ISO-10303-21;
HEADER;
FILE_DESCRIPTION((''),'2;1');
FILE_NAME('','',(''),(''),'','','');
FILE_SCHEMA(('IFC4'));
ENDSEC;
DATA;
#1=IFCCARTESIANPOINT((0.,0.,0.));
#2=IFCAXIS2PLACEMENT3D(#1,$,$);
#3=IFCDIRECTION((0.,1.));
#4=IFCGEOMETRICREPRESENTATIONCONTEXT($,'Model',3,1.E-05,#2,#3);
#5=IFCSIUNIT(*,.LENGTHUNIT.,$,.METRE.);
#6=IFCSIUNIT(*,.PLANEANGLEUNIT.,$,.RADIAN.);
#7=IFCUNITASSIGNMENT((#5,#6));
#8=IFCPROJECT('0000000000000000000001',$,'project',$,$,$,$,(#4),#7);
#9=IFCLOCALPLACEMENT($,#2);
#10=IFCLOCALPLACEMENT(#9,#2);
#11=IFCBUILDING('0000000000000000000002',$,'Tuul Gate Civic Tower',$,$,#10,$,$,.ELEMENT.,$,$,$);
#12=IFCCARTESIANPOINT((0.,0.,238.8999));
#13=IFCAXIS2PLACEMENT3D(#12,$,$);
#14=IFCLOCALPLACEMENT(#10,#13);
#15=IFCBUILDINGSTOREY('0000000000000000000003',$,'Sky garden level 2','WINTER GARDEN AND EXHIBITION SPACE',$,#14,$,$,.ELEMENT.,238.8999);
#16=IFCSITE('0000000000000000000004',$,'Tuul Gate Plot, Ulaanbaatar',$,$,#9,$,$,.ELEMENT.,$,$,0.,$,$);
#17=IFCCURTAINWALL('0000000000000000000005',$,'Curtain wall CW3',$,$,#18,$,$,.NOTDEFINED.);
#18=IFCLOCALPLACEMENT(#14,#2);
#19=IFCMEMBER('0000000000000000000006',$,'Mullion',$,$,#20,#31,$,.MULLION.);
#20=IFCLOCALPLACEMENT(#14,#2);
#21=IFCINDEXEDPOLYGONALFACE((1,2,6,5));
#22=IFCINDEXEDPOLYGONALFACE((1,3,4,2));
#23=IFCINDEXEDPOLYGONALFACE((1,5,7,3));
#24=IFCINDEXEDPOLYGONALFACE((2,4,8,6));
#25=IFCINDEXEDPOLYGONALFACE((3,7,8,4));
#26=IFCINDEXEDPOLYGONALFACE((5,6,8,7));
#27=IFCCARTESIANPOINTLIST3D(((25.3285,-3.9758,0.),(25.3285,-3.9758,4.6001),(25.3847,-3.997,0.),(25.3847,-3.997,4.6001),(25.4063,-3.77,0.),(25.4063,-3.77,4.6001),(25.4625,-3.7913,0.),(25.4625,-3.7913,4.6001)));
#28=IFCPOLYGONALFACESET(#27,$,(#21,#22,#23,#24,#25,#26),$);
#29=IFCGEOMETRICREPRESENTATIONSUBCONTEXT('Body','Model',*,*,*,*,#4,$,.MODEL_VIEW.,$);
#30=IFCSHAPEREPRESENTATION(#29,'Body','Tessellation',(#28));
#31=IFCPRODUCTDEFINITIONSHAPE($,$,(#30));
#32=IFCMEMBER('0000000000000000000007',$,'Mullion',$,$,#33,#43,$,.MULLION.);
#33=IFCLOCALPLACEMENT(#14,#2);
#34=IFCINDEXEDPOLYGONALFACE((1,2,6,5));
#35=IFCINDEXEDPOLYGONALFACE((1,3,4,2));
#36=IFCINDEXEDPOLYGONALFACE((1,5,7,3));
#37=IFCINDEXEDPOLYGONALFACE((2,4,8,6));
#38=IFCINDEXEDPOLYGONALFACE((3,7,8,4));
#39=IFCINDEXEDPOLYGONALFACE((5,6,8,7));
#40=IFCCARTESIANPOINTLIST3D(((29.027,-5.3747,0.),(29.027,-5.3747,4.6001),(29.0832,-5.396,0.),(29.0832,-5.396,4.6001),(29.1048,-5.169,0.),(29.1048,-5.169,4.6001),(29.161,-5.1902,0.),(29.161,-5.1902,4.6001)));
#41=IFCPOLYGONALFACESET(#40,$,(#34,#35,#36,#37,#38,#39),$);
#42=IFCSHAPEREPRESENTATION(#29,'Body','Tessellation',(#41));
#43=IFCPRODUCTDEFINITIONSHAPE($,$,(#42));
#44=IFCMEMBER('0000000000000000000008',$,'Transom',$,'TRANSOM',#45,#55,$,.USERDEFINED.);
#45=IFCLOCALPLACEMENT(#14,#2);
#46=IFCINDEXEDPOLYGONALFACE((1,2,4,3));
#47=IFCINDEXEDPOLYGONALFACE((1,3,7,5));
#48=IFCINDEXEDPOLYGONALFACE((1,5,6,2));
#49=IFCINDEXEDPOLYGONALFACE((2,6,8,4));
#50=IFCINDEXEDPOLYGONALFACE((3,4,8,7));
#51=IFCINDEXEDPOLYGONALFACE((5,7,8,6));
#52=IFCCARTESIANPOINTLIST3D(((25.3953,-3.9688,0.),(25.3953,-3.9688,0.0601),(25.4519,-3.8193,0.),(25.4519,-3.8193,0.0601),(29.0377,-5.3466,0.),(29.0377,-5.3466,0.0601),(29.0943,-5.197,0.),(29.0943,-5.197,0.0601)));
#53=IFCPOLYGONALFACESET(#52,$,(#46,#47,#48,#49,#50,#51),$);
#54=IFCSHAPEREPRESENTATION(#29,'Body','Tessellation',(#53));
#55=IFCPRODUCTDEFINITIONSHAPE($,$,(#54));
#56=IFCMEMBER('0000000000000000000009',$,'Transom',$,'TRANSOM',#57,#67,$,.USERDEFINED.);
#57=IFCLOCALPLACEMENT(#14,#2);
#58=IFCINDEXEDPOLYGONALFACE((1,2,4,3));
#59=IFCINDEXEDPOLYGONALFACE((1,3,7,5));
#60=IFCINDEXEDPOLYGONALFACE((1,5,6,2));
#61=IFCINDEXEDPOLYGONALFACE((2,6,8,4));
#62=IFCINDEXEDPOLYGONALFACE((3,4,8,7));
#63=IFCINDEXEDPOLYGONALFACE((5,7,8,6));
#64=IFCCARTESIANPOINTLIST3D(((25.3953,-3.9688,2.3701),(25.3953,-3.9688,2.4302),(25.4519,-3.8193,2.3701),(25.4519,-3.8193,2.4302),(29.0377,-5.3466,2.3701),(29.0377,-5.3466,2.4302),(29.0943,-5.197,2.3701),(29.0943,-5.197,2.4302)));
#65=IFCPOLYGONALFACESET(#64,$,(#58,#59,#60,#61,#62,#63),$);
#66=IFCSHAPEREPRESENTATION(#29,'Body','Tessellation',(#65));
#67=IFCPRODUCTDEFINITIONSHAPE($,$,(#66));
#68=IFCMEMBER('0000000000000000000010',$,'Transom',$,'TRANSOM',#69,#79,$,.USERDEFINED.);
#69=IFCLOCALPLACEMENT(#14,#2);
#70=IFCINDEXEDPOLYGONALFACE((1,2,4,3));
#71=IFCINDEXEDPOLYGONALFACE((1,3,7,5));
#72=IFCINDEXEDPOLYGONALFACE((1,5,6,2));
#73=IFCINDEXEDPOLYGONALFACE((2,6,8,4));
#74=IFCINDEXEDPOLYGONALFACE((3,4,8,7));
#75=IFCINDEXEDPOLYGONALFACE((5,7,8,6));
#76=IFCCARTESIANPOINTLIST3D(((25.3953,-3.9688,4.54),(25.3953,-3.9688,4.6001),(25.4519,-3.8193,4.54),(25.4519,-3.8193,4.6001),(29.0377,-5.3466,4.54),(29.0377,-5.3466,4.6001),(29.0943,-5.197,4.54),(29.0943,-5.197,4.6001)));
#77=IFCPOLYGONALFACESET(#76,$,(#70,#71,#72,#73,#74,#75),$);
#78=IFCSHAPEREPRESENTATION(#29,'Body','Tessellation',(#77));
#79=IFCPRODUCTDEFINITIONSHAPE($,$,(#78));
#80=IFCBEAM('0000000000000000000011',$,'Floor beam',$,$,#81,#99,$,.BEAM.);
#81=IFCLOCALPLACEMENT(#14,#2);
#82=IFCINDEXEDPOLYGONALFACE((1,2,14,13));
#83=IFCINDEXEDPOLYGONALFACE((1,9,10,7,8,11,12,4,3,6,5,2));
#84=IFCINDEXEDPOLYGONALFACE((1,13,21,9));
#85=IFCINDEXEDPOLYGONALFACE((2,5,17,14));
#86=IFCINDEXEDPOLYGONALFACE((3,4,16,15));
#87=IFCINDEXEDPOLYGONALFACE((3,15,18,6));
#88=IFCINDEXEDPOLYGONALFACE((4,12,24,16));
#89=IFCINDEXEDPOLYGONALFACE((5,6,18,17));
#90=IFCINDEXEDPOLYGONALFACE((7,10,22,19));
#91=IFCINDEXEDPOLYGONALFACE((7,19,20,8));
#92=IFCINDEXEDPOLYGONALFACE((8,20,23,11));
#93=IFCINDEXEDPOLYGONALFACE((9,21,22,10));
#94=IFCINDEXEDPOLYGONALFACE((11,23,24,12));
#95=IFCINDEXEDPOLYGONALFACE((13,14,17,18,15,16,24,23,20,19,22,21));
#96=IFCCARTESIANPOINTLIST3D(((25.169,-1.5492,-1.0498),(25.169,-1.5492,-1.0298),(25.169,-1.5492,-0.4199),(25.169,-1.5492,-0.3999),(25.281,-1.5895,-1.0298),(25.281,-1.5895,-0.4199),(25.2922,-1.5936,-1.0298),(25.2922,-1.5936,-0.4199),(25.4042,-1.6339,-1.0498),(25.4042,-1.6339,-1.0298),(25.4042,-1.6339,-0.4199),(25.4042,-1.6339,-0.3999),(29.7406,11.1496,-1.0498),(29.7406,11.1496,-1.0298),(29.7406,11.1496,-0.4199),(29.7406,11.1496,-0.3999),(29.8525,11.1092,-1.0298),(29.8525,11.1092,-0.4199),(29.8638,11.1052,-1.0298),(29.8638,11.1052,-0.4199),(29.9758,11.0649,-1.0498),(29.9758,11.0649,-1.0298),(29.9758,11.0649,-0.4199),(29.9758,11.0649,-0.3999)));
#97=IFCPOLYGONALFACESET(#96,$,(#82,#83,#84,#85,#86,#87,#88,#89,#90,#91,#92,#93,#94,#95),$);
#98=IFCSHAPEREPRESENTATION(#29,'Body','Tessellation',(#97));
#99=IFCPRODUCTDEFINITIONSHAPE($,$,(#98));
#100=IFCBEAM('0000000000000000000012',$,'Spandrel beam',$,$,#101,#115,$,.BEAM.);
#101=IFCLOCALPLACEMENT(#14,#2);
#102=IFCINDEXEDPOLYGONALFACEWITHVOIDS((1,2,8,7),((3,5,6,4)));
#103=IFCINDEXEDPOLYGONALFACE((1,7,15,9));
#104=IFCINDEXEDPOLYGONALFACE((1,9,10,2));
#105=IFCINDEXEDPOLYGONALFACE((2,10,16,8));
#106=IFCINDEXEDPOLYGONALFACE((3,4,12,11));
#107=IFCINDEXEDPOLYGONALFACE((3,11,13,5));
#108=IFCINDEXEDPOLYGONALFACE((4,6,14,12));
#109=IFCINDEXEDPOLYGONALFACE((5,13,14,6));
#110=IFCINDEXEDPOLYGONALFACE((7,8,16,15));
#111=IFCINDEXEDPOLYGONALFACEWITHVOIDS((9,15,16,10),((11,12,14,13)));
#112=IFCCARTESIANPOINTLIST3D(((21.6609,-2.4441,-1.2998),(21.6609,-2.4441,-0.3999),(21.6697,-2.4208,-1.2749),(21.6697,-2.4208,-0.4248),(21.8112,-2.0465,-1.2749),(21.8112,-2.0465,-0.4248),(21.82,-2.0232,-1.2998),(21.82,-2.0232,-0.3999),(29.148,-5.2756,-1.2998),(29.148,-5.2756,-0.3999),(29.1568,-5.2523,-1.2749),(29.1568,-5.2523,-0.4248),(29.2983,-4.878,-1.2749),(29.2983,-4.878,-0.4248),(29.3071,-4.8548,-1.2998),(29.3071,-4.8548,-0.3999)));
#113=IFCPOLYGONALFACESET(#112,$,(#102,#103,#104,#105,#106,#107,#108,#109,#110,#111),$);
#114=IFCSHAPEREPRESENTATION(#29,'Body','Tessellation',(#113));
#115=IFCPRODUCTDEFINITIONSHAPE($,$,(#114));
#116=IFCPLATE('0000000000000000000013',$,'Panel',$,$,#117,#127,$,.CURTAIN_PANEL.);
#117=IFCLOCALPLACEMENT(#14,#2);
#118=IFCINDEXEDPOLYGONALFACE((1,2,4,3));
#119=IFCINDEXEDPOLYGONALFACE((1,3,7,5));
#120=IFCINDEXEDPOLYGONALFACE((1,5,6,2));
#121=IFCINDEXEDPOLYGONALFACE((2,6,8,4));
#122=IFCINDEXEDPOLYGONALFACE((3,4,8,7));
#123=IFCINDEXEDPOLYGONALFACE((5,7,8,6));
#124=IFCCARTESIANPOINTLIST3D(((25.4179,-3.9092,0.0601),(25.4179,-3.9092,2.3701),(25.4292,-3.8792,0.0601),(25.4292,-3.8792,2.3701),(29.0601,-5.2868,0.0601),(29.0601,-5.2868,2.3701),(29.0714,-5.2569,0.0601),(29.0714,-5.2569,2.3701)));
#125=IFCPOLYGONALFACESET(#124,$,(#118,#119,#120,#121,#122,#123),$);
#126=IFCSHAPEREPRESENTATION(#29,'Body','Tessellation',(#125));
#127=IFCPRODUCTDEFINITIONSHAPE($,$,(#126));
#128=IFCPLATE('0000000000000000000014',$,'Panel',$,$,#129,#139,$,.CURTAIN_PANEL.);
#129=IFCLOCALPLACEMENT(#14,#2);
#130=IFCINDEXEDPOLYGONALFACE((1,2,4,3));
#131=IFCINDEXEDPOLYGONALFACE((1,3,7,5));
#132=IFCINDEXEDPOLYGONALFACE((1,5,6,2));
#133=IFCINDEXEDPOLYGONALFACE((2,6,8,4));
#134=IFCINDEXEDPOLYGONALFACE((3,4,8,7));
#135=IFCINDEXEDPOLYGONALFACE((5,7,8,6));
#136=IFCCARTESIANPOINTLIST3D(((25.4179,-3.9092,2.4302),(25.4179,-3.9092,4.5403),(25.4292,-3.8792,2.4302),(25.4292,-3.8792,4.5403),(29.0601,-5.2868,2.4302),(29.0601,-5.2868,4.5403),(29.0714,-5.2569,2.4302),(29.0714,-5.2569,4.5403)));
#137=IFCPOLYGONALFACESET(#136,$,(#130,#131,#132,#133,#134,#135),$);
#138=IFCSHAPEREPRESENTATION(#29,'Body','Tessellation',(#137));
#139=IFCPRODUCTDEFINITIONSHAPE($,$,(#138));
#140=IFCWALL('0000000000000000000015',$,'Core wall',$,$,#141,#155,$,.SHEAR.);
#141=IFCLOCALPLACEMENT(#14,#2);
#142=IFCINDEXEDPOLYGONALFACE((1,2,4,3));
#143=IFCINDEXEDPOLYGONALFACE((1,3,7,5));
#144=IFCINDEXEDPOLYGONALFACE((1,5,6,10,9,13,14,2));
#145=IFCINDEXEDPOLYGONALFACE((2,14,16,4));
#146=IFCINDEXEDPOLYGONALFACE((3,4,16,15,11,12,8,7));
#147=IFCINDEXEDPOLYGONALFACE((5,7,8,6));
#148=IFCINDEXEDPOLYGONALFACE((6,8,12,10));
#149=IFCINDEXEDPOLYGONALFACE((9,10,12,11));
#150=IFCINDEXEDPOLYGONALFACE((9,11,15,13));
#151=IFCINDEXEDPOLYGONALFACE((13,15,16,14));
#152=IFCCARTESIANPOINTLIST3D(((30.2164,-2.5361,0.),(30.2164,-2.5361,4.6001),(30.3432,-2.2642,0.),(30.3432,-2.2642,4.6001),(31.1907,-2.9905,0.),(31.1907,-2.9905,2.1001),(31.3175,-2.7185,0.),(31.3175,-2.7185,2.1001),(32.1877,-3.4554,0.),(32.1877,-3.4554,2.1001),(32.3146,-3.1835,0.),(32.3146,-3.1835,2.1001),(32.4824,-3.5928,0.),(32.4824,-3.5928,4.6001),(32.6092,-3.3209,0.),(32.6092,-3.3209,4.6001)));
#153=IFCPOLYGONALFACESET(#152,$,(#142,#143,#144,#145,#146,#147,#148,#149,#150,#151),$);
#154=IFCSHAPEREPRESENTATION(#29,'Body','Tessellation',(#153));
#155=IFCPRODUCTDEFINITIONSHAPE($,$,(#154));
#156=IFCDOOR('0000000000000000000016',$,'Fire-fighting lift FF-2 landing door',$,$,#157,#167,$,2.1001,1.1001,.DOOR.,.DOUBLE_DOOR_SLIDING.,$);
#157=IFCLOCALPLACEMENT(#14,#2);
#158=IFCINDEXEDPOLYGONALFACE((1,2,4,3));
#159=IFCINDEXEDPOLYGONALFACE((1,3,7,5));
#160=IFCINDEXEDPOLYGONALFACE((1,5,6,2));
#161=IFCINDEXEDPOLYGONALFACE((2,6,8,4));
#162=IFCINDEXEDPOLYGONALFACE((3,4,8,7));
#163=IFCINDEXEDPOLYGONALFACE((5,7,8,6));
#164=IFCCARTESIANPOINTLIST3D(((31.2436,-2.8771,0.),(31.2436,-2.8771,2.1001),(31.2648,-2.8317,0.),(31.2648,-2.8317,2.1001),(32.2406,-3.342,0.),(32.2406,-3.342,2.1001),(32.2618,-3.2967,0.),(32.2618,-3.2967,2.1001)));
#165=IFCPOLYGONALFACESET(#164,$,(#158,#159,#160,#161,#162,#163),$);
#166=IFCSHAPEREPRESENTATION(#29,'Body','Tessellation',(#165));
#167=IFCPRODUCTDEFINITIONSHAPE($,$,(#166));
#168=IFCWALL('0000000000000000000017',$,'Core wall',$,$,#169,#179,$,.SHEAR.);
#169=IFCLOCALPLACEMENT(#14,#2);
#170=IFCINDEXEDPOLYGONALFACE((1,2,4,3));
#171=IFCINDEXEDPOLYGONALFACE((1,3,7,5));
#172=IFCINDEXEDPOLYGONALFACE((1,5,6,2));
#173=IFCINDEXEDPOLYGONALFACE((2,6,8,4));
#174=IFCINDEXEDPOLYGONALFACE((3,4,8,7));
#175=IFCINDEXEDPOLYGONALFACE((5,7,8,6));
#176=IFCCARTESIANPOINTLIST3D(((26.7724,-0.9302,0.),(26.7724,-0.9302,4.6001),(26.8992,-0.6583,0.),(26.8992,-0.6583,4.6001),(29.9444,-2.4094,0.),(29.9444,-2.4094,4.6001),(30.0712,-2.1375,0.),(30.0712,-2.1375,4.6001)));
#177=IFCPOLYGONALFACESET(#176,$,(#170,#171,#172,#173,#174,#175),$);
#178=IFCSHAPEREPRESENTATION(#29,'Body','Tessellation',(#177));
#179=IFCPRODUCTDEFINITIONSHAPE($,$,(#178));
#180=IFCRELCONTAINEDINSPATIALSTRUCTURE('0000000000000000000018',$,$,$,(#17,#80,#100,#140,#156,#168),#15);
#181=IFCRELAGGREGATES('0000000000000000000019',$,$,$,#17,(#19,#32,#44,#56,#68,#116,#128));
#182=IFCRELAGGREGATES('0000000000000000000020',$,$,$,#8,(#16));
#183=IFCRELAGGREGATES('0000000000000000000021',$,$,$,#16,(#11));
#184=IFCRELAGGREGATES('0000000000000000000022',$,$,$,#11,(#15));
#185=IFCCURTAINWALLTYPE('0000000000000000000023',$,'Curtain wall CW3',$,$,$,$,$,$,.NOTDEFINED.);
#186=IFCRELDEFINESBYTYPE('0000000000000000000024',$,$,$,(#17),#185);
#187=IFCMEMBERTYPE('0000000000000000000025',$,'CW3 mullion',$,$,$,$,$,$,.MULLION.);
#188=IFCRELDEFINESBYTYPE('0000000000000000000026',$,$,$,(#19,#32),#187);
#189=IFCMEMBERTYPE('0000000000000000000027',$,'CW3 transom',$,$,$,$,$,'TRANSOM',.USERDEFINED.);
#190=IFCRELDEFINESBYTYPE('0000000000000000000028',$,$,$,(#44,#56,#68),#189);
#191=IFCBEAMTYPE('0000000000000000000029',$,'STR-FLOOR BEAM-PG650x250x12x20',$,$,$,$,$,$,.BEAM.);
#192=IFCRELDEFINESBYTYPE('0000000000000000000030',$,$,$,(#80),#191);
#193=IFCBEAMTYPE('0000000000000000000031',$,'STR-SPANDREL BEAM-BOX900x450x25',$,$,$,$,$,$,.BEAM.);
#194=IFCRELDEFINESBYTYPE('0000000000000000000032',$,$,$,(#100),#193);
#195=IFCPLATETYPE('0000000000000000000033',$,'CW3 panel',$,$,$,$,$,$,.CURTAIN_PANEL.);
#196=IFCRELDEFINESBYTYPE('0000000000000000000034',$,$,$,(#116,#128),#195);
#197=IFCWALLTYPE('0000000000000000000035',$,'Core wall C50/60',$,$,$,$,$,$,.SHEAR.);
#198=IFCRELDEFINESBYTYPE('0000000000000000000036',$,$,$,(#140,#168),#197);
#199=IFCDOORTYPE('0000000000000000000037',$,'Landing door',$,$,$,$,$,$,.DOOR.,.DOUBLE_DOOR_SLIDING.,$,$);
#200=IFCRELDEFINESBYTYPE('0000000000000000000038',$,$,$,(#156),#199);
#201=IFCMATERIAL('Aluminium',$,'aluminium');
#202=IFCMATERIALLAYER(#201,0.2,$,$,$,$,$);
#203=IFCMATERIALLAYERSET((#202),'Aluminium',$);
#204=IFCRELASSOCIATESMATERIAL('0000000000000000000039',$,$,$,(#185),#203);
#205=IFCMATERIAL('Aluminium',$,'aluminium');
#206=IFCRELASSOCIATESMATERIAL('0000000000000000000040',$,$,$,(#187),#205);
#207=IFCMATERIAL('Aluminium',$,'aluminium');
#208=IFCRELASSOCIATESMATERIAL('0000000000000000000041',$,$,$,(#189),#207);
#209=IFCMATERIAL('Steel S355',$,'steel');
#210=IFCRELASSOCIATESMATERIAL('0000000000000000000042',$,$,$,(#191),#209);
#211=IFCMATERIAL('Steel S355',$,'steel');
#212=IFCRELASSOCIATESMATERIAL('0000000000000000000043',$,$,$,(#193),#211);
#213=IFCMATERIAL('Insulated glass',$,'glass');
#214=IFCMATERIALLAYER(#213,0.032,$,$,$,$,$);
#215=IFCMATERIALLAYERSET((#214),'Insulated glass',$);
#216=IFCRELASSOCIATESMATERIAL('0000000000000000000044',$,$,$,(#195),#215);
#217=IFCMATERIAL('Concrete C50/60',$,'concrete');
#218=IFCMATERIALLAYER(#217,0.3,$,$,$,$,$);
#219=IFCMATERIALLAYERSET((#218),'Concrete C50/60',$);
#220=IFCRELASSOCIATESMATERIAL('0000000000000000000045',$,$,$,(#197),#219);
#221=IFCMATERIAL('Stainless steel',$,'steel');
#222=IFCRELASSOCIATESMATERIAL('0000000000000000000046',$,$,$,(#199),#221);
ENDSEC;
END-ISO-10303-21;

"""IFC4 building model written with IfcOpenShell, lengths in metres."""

from ifc_helpers import new_model, si_unit, direction, frame, frame_2d, origin, origin_2d, place, context, subcontext, project, spatial, rectangle, hollow_rectangle, i_section, extrude, material, layer, layer_set, material_profile, profile_set, type_object, element, fill, aggregate, save


model = new_model("IFC4")

# Units and contexts
model_context = context("Model", 3, precision=1e-05, world=origin(), true_north=direction((0.0, 1.0)))
body_context = subcontext(model_context, "Body", "Model", "MODEL_VIEW")
ifc_project = project(units=[si_unit("LENGTHUNIT", "METRE"), si_unit("PLANEANGLEUNIT", "RADIAN")], contexts=[model_context])

# Site, building, storey
site_placement = place(None, origin())
site = spatial("IfcSite", under=ifc_project, at=site_placement, Name="Tuul Gate Plot, Ulaanbaatar", CompositionType="ELEMENT", RefElevation=0.0)
building_placement = place(site_placement, origin())
building = spatial("IfcBuilding", under=site, at=building_placement, Name="Tuul Gate Civic Tower", CompositionType="ELEMENT")
storey_placement = place(building_placement, frame((0.0, 0.0, 238.8999)))
storey = spatial("IfcBuildingStorey", under=building, at=storey_placement, Name="Sky garden level 2", Description="WINTER GARDEN AND EXHIBITION SPACE", CompositionType="ELEMENT", Elevation=238.8999)

# Curtain wall, members
ifc_material_1 = material(Name="Aluminium", Category="aluminium")
ifc_layer_1 = layer(ifc_material_1, 0.2)
ifc_layer_set_1 = layer_set([ifc_layer_1], Name="Aluminium")
curtain_wall_type = type_object("IfcCurtainWallType", Name="Curtain wall CW3", PredefinedType="NOTDEFINED", material=ifc_layer_set_1)
curtain_wall_placement = place(storey_placement, origin())
curtain_wall = element("IfcCurtainWall", 1, at=curtain_wall_placement, inside=storey, type_object=curtain_wall_type, Name="Curtain wall CW3", PredefinedType="NOTDEFINED")
ifc_material_2 = material(Name="Aluminium", Category="aluminium")
ifc_material_profile_1 = material_profile(ifc_material_2, rectangle(XDim=0.22, YDim=0.0601, at=origin_2d()), Name="CW3 mullion")
ifc_profile_set_1 = profile_set([ifc_material_profile_1], Name="Aluminium")
member_type_1 = type_object("IfcMemberType", Name="CW3 mullion", PredefinedType="MULLION", material=ifc_profile_set_1)
member_1_placement = place(storey_placement, frame((25.3955, -3.8835, 0.0), z_axis=(0.0, 0.0, 1.0), x_axis=(0.353776, 0.93533, 0.0)))
member_1 = element("IfcMember", 2, at=member_1_placement, type_object=member_type_1, Name="Mullion", PredefinedType="MULLION", context=body_context, shape_type="SweptSolid", body=[
    extrude(rectangle(XDim=0.22, YDim=0.0601, at=origin_2d()), origin(), (0.0, 0.0, 1.0), 4.6001),
])
member_2_placement = place(storey_placement, frame((29.094, -5.2825, 0.0), z_axis=(0.0, 0.0, 1.0), x_axis=(0.353776, 0.93533, 0.0)))
member_2 = element("IfcMember", 3, at=member_2_placement, type_object=member_type_1, Name="Mullion", PredefinedType="MULLION", context=body_context, shape_type="SweptSolid", body=[
    extrude(rectangle(XDim=0.22, YDim=0.0601, at=origin_2d()), origin(), (0.0, 0.0, 1.0), 4.6001),
])
ifc_material_3 = material(Name="Aluminium", Category="aluminium")
ifc_material_profile_2 = material_profile(ifc_material_3, rectangle(XDim=0.1599, YDim=0.0601, at=origin_2d()), Name="CW3 transom")
ifc_profile_set_2 = profile_set([ifc_material_profile_2], Name="Aluminium")
member_type_2 = type_object("IfcMemberType", Name="CW3 transom", ElementType="TRANSOM", PredefinedType="USERDEFINED", material=ifc_profile_set_2)
member_3_placement = place(storey_placement, frame((25.4236, -3.894, 0.03), z_axis=(0.935328, -0.353781, 0.0), x_axis=(0.353781, 0.935328, 0.0)))
member_3 = element("IfcMember", 4, at=member_3_placement, type_object=member_type_2, Name="Transom", ObjectType="TRANSOM", PredefinedType="USERDEFINED", context=body_context, shape_type="SweptSolid", body=[
    extrude(rectangle(XDim=0.1599, YDim=0.0601, at=origin_2d()), origin(), (0.0, 0.0, 1.0), 3.8943),
])
member_4_placement = place(storey_placement, frame((25.4236, -3.894, 2.4001), z_axis=(0.935328, -0.353781, 0.0), x_axis=(0.353781, 0.935328, 0.0)))
member_4 = element("IfcMember", 5, at=member_4_placement, type_object=member_type_2, Name="Transom", ObjectType="TRANSOM", PredefinedType="USERDEFINED", context=body_context, shape_type="SweptSolid", body=[
    extrude(rectangle(XDim=0.1599, YDim=0.0601, at=origin_2d()), origin(), (0.0, 0.0, 1.0), 3.8943),
])
member_5_placement = place(storey_placement, frame((25.4236, -3.894, 4.5701), z_axis=(0.935328, -0.353781, 0.0), x_axis=(0.353781, 0.935328, 0.0)))
member_5 = element("IfcMember", 6, at=member_5_placement, type_object=member_type_2, Name="Transom", ObjectType="TRANSOM", PredefinedType="USERDEFINED", context=body_context, shape_type="SweptSolid", body=[
    extrude(rectangle(XDim=0.1599, YDim=0.0601, at=origin_2d()), origin(), (0.0, 0.0, 1.0), 3.8943),
])

# Beams
ifc_material_4 = material(Name="Steel S355", Category="steel")
ifc_material_profile_3 = material_profile(ifc_material_4, i_section(OverallWidth=0.25, OverallDepth=0.6499, WebThickness=0.012, FlangeThickness=0.02, at=origin_2d()), Name="PG650x250x12x20")
ifc_profile_set_3 = profile_set([ifc_material_profile_3], Name="Steel S355")
beam_type_1 = type_object("IfcBeamType", Name="STR-FLOOR BEAM-PG650x250x12x20", PredefinedType="BEAM", material=ifc_profile_set_3)
beam_1_placement = place(storey_placement, frame((25.2866, -1.5916, -0.7249), z_axis=(0.338719, 0.940888, 0.0), x_axis=(-0.940888, 0.338719, 0.0)))
element("IfcBeam", 7, at=beam_1_placement, inside=storey, type_object=beam_type_1, Name="Floor beam", PredefinedType="BEAM", context=body_context, shape_type="SweptSolid", body=[
    extrude(i_section(OverallWidth=0.25, OverallDepth=0.6499, WebThickness=0.012, FlangeThickness=0.02, at=origin_2d()), origin(), (0.0, 0.0, 1.0), 13.4966),
])
ifc_material_5 = material(Name="Steel S355", Category="steel")
ifc_material_profile_4 = material_profile(ifc_material_5, hollow_rectangle(XDim=0.45, YDim=0.8999, WallThickness=0.0249, at=origin_2d()), Name="BOX900x450x25")
ifc_profile_set_4 = profile_set([ifc_material_profile_4], Name="Steel S355")
beam_type_2 = type_object("IfcBeamType", Name="STR-SPANDREL BEAM-BOX900x450x25", PredefinedType="BEAM", material=ifc_profile_set_4)
beam_2_placement = place(storey_placement, frame((29.2275, -5.0652, -0.8499), z_axis=(-0.935344, 0.353739, 0.0), x_axis=(-0.353739, -0.935344, 0.0)))
element("IfcBeam", 8, at=beam_2_placement, inside=storey, type_object=beam_type_2, Name="Spandrel beam", PredefinedType="BEAM", context=body_context, shape_type="SweptSolid", body=[
    extrude(hollow_rectangle(XDim=0.45, YDim=0.8999, WallThickness=0.0249, at=origin_2d()), origin(), (0.0, 0.0, 1.0), 8.0046),
])

# Plates
ifc_material_6 = material(Name="Insulated glass", Category="glass")
ifc_layer_2 = layer(ifc_material_6, 0.032)
ifc_layer_set_2 = layer_set([ifc_layer_2], Name="Insulated glass")
plate_type = type_object("IfcPlateType", Name="CW3 panel", PredefinedType="CURTAIN_PANEL", material=ifc_layer_set_2)
plate_1_placement = place(storey_placement, frame((27.2446, -4.583, 0.0601), z_axis=(0.0, 0.0, 1.0), x_axis=(0.93533, -0.353776, 0.0)))
plate_1 = element("IfcPlate", 9, at=plate_1_placement, type_object=plate_type, Name="Panel", PredefinedType="CURTAIN_PANEL", context=body_context, shape_type="SweptSolid", body=[
    extrude(rectangle(XDim=3.894, YDim=0.032, at=origin_2d()), origin(), (0.0, 0.0, 1.0), 2.3101),
])
plate_2_placement = place(storey_placement, frame((27.2446, -4.583, 2.4302), z_axis=(0.0, 0.0, 1.0), x_axis=(0.93533, -0.353776, 0.0)))
plate_2 = element("IfcPlate", 10, at=plate_2_placement, type_object=plate_type, Name="Panel", PredefinedType="CURTAIN_PANEL", context=body_context, shape_type="SweptSolid", body=[
    extrude(rectangle(XDim=3.894, YDim=0.032, at=origin_2d()), origin(), (0.0, 0.0, 1.0), 2.1101),
])
aggregate(curtain_wall, [member_1, member_2, member_3, member_4, member_5, plate_1, plate_2])

# Wall, opening, door
ifc_material_7 = material(Name="Concrete C50/60", Category="concrete")
ifc_layer_3 = layer(ifc_material_7, 0.3)
ifc_layer_set_3 = layer_set([ifc_layer_3], Name="Concrete C50/60")
wall_type_1 = type_object("IfcWallType", Name="Core wall C50/60", PredefinedType="SHEAR", material=ifc_layer_set_3)
wall_1_placement = place(storey_placement, frame((32.5457, -3.4568, 0.0), z_axis=(0.0, 0.0, 1.0), x_axis=(-0.9063, 0.422634, 0.0)))
wall_1 = element("IfcWall", 11, at=wall_1_placement, inside=storey, type_object=wall_type_1, Name="Core wall", PredefinedType="SHEAR", context=body_context, shape_type="SweptSolid", body=[
    extrude(rectangle(XDim=2.5002, YDim=0.3, at=frame_2d((1.25, 0.0))), origin(), (0.0, 0.0, 1.0), 4.6001),
])
opening_1_placement = place(wall_1_placement, frame((0.325, 0.0, 0.0)))
opening_1 = element("IfcOpeningElement", 12, at=opening_1_placement, cuts=wall_1, PredefinedType="OPENING", context=body_context, shape_type="SweptSolid", body=[
    extrude(rectangle(XDim=1.1001, YDim=2.1001, at=frame_2d((0.55, 1.05))), frame((0.0, 0.1602, 0.0), z_axis=(0.0, -1.0, 0.0), x_axis=(1.0, 0.0, 0.0)), (0.0, 0.0, 1.0), 0.3201),
])
ifc_material_8 = material(Name="Stainless steel", Category="steel")
door_type_1 = type_object("IfcDoorType", Name="Landing door", OperationType="DOUBLE_DOOR_SLIDING", PredefinedType="DOOR", material=ifc_material_8)
door_1_placement = place(opening_1_placement, origin())
door_1 = element("IfcDoor", 13, at=door_1_placement, inside=storey, type_object=door_type_1, Name="Fire-fighting lift FF-2 landing door", OperationType="DOUBLE_DOOR_SLIDING", OverallHeight=2.1001, OverallWidth=1.1001, PredefinedType="DOOR", context=body_context, shape_type="SweptSolid", body=[
    extrude(rectangle(XDim=1.1001, YDim=2.1001, at=frame_2d((0.55, 1.05))), frame((0.0, 0.0249, 0.0), z_axis=(0.0, -1.0, 0.0), x_axis=(1.0, 0.0, 0.0)), (0.0, 0.0, 1.0), 0.05),
])
fill(opening_1, door_1)

# Wall
wall_2_placement = place(storey_placement, frame((30.0078, -2.2734, 0.0), z_axis=(0.0, 0.0, 1.0), x_axis=(-0.906301, 0.422633, 0.0)))
element("IfcWall", 14, at=wall_2_placement, inside=storey, type_object=wall_type_1, Name="Core wall", PredefinedType="SHEAR", context=body_context, shape_type="SweptSolid", body=[
    extrude(rectangle(XDim=3.5, YDim=0.3, at=frame_2d((1.75, 0.0))), origin(), (0.0, 0.0, 1.0), 4.6001),
])

save(model, "model.ifc")
